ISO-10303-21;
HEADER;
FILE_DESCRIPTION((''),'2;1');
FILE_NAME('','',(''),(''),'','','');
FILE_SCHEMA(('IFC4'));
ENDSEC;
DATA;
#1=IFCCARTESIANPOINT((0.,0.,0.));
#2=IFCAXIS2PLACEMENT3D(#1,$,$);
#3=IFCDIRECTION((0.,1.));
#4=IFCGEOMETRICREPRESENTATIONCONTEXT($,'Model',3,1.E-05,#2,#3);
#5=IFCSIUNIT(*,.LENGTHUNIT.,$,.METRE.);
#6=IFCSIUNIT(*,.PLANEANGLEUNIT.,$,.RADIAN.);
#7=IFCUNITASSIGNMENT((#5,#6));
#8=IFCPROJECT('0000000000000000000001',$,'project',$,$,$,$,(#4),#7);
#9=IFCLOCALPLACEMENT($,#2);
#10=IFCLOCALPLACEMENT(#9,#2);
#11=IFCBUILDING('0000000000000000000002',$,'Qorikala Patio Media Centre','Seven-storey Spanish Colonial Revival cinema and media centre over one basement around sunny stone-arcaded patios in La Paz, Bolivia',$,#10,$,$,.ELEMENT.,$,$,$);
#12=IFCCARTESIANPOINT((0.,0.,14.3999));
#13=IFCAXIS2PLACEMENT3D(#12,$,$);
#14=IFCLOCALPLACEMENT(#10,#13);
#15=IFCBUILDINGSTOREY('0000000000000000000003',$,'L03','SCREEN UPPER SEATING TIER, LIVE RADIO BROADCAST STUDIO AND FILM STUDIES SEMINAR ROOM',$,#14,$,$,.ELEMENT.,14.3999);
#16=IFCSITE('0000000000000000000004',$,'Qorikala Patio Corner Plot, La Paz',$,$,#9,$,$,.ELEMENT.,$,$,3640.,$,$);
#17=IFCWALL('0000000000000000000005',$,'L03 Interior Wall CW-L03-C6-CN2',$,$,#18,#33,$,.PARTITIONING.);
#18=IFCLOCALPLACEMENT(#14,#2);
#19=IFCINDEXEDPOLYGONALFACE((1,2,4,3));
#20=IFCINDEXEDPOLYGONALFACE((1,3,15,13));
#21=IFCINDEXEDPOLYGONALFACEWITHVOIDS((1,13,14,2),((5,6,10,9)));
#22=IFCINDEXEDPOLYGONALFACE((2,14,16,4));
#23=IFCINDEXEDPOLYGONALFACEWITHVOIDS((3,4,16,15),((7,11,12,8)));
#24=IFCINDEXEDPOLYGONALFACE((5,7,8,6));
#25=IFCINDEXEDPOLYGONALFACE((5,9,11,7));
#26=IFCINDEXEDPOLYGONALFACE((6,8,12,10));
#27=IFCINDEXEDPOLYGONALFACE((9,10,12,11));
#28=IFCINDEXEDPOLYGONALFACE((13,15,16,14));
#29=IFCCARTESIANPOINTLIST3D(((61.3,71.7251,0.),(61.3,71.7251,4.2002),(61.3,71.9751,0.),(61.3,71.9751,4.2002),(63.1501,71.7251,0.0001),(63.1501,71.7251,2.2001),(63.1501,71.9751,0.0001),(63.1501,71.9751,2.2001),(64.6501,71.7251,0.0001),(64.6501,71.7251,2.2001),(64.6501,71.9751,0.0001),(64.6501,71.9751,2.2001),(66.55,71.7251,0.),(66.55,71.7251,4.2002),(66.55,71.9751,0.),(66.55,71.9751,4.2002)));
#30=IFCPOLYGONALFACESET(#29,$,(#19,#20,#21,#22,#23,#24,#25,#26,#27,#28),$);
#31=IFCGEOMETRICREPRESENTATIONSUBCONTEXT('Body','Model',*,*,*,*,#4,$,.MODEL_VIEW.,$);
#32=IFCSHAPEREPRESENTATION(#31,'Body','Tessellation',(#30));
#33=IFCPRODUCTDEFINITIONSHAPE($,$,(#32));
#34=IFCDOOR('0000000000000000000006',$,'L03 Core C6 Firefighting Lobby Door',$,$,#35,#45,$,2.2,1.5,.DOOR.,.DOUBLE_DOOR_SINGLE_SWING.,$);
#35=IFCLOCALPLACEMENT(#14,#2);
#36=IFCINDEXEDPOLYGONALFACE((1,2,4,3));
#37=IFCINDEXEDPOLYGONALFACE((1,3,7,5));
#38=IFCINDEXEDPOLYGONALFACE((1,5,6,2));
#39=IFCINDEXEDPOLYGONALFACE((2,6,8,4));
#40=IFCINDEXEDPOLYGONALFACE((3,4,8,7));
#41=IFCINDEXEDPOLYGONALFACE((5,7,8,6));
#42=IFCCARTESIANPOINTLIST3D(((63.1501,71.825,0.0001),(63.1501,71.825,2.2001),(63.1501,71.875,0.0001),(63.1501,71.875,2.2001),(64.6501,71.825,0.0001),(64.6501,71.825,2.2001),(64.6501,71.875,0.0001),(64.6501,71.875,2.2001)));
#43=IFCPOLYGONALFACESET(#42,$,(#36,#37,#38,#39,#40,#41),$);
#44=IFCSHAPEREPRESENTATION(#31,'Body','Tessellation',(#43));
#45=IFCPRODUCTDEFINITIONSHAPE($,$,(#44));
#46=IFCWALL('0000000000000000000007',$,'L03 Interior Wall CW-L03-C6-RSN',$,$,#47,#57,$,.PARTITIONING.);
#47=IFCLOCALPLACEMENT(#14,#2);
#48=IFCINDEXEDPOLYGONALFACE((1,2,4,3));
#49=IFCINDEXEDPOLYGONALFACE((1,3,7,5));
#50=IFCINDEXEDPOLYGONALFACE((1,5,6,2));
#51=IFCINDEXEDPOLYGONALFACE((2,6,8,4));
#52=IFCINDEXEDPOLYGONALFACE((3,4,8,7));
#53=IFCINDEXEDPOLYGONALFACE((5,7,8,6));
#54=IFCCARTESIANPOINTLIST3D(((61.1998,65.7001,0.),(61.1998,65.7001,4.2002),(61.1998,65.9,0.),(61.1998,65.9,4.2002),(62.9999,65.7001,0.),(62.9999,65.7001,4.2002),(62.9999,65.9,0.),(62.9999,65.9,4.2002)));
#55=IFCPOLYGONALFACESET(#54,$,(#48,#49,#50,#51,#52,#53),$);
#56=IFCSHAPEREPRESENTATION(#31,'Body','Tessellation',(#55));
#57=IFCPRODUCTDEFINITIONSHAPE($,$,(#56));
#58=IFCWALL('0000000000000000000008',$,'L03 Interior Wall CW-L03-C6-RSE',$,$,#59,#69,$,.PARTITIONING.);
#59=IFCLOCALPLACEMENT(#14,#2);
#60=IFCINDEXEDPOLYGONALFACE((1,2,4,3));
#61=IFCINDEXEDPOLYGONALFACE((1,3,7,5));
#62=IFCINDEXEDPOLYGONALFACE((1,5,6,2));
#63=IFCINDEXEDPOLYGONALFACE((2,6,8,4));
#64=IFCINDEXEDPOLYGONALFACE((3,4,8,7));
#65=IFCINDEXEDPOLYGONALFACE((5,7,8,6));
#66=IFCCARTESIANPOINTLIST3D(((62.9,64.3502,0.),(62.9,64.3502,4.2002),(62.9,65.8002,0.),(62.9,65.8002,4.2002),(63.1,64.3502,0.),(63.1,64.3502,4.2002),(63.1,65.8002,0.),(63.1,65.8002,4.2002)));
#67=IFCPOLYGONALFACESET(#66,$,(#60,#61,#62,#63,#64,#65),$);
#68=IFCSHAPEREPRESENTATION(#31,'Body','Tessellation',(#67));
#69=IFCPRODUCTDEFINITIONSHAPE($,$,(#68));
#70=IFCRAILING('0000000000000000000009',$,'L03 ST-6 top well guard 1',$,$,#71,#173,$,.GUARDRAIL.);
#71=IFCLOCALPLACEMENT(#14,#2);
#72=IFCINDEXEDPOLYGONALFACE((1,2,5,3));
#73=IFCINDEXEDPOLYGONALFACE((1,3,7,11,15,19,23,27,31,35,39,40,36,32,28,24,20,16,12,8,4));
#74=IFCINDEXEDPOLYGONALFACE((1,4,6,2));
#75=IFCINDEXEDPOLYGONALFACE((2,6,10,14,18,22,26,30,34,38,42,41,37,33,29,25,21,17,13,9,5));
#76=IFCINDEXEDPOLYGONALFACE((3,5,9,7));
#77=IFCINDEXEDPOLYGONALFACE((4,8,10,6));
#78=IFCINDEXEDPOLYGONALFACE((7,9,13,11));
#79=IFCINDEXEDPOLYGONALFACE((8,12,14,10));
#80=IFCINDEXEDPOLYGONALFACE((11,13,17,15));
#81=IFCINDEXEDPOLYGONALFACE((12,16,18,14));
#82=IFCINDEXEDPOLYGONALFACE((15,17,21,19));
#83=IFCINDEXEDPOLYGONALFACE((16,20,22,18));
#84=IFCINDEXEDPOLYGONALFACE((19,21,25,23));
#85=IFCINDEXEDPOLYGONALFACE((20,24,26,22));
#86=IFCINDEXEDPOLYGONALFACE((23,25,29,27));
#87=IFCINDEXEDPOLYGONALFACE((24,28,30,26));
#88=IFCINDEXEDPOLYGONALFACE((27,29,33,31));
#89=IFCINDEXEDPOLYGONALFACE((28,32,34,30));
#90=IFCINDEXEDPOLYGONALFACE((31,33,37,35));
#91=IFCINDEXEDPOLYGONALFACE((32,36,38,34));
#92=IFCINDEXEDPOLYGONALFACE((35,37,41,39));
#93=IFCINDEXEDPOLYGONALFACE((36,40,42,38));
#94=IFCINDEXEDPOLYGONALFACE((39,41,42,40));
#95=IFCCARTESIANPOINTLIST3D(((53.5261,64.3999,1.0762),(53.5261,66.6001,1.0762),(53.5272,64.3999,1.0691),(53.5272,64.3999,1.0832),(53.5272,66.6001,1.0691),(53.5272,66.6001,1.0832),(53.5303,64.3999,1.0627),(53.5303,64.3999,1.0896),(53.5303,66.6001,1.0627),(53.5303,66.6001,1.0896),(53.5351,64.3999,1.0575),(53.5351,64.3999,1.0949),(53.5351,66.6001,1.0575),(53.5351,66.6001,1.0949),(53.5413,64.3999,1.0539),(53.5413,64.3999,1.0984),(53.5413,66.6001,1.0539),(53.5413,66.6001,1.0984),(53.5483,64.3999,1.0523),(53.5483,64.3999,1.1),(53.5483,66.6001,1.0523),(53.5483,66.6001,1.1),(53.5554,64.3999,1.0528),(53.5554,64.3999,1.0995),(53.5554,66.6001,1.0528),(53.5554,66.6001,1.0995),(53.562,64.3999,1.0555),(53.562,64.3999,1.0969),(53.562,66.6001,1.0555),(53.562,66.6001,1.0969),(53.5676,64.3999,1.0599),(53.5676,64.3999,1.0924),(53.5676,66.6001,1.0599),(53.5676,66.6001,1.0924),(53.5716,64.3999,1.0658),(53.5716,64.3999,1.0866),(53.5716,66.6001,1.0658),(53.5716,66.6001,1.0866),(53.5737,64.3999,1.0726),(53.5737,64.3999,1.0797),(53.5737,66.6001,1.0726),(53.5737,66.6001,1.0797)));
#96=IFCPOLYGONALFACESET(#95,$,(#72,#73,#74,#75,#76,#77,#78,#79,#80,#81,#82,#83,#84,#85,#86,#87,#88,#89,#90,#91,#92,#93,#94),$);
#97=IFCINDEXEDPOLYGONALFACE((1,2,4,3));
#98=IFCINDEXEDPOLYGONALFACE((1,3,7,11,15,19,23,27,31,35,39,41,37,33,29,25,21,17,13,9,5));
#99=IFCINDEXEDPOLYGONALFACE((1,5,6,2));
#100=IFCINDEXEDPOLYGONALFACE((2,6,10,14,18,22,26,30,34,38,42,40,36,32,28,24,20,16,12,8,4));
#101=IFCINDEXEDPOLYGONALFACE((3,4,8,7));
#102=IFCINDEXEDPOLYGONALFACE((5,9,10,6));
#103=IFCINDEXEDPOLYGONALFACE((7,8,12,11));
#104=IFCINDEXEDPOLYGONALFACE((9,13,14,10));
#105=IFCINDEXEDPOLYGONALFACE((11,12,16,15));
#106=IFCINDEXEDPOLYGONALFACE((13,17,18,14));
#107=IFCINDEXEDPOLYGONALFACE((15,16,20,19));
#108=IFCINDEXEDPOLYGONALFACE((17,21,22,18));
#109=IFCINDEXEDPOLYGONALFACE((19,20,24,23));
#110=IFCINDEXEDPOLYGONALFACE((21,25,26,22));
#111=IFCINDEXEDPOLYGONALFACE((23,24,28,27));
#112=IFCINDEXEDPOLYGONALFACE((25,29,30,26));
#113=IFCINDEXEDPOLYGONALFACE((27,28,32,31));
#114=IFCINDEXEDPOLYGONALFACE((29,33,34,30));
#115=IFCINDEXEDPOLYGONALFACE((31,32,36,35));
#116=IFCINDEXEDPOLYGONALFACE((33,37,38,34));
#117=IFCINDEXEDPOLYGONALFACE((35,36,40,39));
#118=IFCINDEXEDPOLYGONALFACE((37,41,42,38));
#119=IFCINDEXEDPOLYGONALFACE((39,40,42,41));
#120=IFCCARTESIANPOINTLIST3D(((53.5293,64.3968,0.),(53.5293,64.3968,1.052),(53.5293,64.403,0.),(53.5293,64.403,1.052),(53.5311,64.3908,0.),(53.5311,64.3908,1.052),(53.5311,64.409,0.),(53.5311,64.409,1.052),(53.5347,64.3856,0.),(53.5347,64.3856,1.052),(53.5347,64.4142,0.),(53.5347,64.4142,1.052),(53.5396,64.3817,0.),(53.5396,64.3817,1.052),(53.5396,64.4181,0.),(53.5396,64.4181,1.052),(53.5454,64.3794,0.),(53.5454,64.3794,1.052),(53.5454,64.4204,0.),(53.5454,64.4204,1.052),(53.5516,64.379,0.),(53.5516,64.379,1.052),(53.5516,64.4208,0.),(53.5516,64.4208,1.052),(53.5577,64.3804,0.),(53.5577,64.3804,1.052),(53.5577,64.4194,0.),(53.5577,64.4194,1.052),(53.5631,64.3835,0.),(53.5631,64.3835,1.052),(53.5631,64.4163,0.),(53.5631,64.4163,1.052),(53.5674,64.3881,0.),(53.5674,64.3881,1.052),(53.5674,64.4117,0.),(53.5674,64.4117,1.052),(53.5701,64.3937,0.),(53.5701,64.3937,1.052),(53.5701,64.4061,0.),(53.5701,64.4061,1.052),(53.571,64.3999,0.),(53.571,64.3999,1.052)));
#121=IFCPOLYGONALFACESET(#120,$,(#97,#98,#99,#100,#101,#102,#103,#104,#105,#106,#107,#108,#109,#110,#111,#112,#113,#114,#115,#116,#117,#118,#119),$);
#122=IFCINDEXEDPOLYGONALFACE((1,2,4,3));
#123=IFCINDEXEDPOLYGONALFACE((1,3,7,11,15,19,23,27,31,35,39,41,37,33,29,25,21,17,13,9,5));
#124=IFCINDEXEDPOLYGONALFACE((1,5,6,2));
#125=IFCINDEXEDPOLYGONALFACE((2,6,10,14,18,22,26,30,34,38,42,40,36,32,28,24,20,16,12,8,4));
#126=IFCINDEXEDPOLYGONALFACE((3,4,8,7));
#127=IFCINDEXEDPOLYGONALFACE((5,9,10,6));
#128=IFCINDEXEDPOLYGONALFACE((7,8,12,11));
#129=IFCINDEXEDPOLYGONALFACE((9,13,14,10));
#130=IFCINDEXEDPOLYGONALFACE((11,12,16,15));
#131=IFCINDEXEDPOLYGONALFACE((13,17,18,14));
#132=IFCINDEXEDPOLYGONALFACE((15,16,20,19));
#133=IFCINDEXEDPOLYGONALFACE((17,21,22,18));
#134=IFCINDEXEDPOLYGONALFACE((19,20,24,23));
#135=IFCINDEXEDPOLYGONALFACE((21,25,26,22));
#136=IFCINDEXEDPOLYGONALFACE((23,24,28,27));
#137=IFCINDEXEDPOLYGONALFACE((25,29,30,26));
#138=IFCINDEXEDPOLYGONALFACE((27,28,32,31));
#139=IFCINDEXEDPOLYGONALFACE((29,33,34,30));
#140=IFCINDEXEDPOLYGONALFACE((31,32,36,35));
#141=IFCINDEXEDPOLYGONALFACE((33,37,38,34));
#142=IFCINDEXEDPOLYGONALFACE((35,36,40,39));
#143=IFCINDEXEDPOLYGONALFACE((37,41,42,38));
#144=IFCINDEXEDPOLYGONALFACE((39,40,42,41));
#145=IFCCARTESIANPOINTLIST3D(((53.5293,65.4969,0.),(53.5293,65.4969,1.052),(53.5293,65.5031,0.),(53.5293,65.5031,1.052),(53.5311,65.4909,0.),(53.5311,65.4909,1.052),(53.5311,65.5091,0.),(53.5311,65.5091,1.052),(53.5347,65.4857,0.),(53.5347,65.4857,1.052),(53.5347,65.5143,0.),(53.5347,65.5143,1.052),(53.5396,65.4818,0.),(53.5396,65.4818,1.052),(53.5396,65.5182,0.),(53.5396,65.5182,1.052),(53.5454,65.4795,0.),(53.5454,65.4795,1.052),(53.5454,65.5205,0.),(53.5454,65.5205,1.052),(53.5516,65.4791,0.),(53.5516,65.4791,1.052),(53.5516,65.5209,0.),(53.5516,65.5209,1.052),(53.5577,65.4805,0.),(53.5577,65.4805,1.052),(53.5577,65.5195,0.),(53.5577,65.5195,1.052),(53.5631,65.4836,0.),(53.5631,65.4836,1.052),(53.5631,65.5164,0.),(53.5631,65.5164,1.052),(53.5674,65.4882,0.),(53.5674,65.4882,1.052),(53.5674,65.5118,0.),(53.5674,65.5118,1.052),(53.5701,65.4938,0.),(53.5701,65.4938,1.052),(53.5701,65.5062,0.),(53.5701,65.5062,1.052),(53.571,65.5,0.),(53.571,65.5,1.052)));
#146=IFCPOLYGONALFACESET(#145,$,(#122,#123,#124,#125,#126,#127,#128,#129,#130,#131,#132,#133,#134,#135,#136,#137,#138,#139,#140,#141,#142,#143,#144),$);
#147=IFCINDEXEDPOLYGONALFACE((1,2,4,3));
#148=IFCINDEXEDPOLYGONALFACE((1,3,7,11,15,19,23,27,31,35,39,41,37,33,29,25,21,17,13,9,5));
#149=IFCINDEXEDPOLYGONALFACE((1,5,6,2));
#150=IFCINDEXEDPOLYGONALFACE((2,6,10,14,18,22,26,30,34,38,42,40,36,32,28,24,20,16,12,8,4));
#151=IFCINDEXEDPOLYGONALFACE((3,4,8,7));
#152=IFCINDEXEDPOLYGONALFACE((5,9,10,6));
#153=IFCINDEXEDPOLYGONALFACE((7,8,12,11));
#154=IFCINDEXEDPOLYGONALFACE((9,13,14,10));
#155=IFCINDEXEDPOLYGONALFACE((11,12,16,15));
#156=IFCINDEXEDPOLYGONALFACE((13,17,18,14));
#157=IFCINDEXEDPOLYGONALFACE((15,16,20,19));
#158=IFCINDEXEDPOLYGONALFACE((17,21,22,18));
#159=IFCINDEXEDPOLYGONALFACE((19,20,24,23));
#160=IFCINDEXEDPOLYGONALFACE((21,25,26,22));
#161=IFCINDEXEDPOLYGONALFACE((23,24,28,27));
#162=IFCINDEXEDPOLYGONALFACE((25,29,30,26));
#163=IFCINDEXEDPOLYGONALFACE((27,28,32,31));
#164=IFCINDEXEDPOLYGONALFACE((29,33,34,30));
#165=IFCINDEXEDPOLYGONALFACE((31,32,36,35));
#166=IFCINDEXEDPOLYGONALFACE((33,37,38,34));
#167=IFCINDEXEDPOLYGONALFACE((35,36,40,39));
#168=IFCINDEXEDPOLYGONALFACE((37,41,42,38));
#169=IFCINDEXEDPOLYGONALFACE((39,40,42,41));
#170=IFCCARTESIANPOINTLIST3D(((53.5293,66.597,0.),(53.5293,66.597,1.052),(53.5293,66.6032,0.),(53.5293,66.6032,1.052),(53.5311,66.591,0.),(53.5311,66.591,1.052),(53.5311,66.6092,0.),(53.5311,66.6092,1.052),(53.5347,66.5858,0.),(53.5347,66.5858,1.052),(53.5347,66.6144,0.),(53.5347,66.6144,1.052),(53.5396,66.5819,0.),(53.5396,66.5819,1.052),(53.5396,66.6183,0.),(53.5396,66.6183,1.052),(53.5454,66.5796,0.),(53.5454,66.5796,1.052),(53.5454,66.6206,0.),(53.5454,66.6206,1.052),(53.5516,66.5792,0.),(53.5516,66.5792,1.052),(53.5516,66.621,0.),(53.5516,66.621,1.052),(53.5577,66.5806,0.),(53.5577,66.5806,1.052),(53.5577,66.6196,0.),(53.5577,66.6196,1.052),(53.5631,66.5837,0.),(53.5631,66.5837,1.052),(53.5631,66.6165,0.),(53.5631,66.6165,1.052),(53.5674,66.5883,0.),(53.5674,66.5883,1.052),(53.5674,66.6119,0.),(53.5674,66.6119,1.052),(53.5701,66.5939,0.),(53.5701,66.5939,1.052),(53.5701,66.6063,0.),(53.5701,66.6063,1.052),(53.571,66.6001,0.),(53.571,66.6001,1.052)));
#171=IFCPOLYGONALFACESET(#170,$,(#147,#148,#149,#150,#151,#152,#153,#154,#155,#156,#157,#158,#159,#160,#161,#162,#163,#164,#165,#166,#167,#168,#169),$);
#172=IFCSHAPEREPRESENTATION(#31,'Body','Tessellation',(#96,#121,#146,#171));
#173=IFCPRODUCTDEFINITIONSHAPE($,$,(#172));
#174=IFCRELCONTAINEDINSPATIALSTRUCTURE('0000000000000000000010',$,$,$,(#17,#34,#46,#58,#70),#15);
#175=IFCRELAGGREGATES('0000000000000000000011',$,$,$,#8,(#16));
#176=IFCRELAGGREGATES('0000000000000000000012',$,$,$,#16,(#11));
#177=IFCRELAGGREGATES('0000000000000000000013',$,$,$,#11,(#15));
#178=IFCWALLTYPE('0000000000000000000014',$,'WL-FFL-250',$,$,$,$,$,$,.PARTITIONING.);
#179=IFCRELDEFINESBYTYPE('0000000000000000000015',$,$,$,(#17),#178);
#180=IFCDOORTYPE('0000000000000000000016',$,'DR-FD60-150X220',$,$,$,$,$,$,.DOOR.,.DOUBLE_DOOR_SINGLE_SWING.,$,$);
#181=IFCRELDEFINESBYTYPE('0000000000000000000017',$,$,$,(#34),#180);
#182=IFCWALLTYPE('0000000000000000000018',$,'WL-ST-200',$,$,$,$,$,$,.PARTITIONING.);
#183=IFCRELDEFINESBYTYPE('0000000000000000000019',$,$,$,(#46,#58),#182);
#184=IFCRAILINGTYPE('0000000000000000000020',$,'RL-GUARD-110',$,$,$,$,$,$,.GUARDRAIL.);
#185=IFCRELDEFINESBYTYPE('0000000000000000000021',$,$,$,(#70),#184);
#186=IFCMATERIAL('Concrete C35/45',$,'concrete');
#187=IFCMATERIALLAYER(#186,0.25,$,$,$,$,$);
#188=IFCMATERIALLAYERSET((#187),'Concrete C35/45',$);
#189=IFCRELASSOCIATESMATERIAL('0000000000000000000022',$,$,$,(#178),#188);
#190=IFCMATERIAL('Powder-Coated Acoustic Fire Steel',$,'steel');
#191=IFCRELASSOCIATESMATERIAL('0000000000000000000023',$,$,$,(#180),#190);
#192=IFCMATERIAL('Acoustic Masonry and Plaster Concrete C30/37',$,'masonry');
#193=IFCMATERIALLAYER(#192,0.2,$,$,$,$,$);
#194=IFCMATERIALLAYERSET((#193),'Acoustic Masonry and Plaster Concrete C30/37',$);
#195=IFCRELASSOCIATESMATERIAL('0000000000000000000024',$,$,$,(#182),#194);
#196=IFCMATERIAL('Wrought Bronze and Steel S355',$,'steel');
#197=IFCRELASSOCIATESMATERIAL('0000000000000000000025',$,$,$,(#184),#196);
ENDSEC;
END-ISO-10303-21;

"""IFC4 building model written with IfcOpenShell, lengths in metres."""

from ifc_helpers import new_model, si_unit, direction, frame, frame_2d, origin, origin_2d, place, context, subcontext, project, spatial, rectangle, circle, extrude, material, layer, layer_set, type_object, element, fill, save


model = new_model("IFC4")

# Units and contexts
model_context = context("Model", 3, precision=1e-05, world=origin(), true_north=direction((0.0, 1.0)))
body_context = subcontext(model_context, "Body", "Model", "MODEL_VIEW")
ifc_project = project(units=[si_unit("LENGTHUNIT", "METRE"), si_unit("PLANEANGLEUNIT", "RADIAN")], contexts=[model_context])

# Site, building, storey
site_placement = place(None, origin())
site = spatial("IfcSite", under=ifc_project, at=site_placement, Name="Qorikala Patio Corner Plot, La Paz", CompositionType="ELEMENT", RefElevation=3640.0)
building_placement = place(site_placement, origin())
building = spatial("IfcBuilding", under=site, at=building_placement, Name="Qorikala Patio Media Centre", Description="Seven-storey Spanish Colonial Revival cinema and media centre over one basement around sunny stone-arcaded patios in La Paz, Bolivia", CompositionType="ELEMENT")
storey_placement = place(building_placement, frame((0.0, 0.0, 14.3999)))
storey = spatial("IfcBuildingStorey", under=building, at=storey_placement, Name="L03", Description="SCREEN UPPER SEATING TIER, LIVE RADIO BROADCAST STUDIO AND FILM STUDIES SEMINAR ROOM", CompositionType="ELEMENT", Elevation=14.3999)

# Shared definitions
ifc_material_1 = material(Name="Concrete C35/45", Category="concrete")

# Shared definitions
ifc_material_2 = material(Name="Powder-Coated Acoustic Fire Steel", Category="steel")

# Wall, opening, door
ifc_layer_1 = layer(ifc_material_1, 0.25)
ifc_layer_set_1 = layer_set([ifc_layer_1], Name="Concrete C35/45")
wall_type_1 = type_object("IfcWallType", Name="WL-FFL-250", PredefinedType="PARTITIONING", material=ifc_layer_set_1)
wall_1_placement = place(storey_placement, frame((61.3, 71.8501, 0.0), z_axis=(0.0, 0.0, 1.0), x_axis=(1.0, 0.0, 0.0)))
wall_1 = element("IfcWall", 1, at=wall_1_placement, inside=storey, type_object=wall_type_1, Name="L03 Interior Wall CW-L03-C6-CN2", PredefinedType="PARTITIONING", context=body_context, shape_type="SweptSolid", body=[
    extrude(rectangle(XDim=5.25, YDim=0.25, at=frame_2d((2.625, 0.0))), origin(), (0.0, 0.0, 1.0), 4.2002),
])
opening_1_placement = place(wall_1_placement, frame((1.8501, 0.0, 0.0)))
opening_1 = element("IfcOpeningElement", 2, at=opening_1_placement, cuts=wall_1, PredefinedType="OPENING", context=body_context, shape_type="SweptSolid", body=[
    extrude(rectangle(XDim=1.5, YDim=2.2, at=frame_2d((0.75, 1.1001))), frame((0.0, 0.135, 0.0), z_axis=(0.0, -1.0, 0.0), x_axis=(1.0, 0.0, 0.0)), (0.0, 0.0, 1.0), 0.27),
])
door_type_1 = type_object("IfcDoorType", Name="DR-FD60-150X220", OperationType="DOUBLE_DOOR_SINGLE_SWING", PredefinedType="DOOR", material=ifc_material_2)
door_1_placement = place(opening_1_placement, origin())
door_1 = element("IfcDoor", 3, at=door_1_placement, inside=storey, type_object=door_type_1, Name="L03 Core C6 Firefighting Lobby Door", OperationType="DOUBLE_DOOR_SINGLE_SWING", OverallHeight=2.2, OverallWidth=1.5, PredefinedType="DOOR", context=body_context, shape_type="SweptSolid", body=[
    extrude(rectangle(XDim=1.5, YDim=2.2, at=frame_2d((0.75, 1.1001))), frame((0.0, 0.0249, 0.0), z_axis=(0.0, -1.0, 0.0), x_axis=(1.0, 0.0, 0.0)), (0.0, 0.0, 1.0), 0.05),
])
fill(opening_1, door_1)

# Walls
ifc_material_3 = material(Name="Acoustic Masonry and Plaster Concrete C30/37", Category="masonry")
ifc_layer_2 = layer(ifc_material_3, 0.2)
ifc_layer_set_2 = layer_set([ifc_layer_2], Name="Acoustic Masonry and Plaster Concrete C30/37")
wall_type_2 = type_object("IfcWallType", Name="WL-ST-200", PredefinedType="PARTITIONING", material=ifc_layer_set_2)
wall_2_placement = place(storey_placement, frame((61.2, 65.8, 0.0), z_axis=(0.0, 0.0, 1.0), x_axis=(1.0, 0.0, 0.0)))
element("IfcWall", 4, at=wall_2_placement, inside=storey, type_object=wall_type_2, Name="L03 Interior Wall CW-L03-C6-RSN", PredefinedType="PARTITIONING", context=body_context, shape_type="SweptSolid", body=[
    extrude(rectangle(XDim=1.8, YDim=0.2, at=frame_2d((0.8999, 0.0))), origin(), (0.0, 0.0, 1.0), 4.2002),
])
wall_3_placement = place(storey_placement, frame((63.0, 64.3501, 0.0), z_axis=(0.0, 0.0, 1.0), x_axis=(0.0, 1.0, 0.0)))
element("IfcWall", 5, at=wall_3_placement, inside=storey, type_object=wall_type_2, Name="L03 Interior Wall CW-L03-C6-RSE", PredefinedType="PARTITIONING", context=body_context, shape_type="SweptSolid", body=[
    extrude(rectangle(XDim=1.45, YDim=0.2, at=frame_2d((0.7251, 0.0))), origin(), (0.0, 0.0, 1.0), 4.2002),
])

# Railing
ifc_material_4 = material(Name="Wrought Bronze and Steel S355", Category="steel")
railing_type = type_object("IfcRailingType", Name="RL-GUARD-110", PredefinedType="GUARDRAIL", material=ifc_material_4)
railing_placement = place(storey_placement, frame((53.55, 64.3999, 0.0)))
element("IfcRailing", 6, at=railing_placement, inside=storey, type_object=railing_type, Name="L03 ST-6 top well guard 1", PredefinedType="GUARDRAIL", context=body_context, shape_type="SweptSolid", body=[
    extrude(circle(Radius=0.0239, at=origin_2d()), frame((0.0, 0.0, 1.0762), z_axis=(0.0, 1.0, 0.0), x_axis=(-1.0, 0.0, 0.0)), (0.0, 0.0, 1.0), 2.2002),
    extrude(circle(Radius=0.021, at=origin_2d()), origin(), (0.0, 0.0, 1.0), 1.052),
    extrude(circle(Radius=0.021, at=origin_2d()), frame((0.0, 1.1001, 0.0)), (0.0, 0.0, 1.0), 1.052),
    extrude(circle(Radius=0.021, at=origin_2d()), frame((0.0, 2.2002, 0.0)), (0.0, 0.0, 1.0), 1.052),
])

save(model, "model.ifc")
